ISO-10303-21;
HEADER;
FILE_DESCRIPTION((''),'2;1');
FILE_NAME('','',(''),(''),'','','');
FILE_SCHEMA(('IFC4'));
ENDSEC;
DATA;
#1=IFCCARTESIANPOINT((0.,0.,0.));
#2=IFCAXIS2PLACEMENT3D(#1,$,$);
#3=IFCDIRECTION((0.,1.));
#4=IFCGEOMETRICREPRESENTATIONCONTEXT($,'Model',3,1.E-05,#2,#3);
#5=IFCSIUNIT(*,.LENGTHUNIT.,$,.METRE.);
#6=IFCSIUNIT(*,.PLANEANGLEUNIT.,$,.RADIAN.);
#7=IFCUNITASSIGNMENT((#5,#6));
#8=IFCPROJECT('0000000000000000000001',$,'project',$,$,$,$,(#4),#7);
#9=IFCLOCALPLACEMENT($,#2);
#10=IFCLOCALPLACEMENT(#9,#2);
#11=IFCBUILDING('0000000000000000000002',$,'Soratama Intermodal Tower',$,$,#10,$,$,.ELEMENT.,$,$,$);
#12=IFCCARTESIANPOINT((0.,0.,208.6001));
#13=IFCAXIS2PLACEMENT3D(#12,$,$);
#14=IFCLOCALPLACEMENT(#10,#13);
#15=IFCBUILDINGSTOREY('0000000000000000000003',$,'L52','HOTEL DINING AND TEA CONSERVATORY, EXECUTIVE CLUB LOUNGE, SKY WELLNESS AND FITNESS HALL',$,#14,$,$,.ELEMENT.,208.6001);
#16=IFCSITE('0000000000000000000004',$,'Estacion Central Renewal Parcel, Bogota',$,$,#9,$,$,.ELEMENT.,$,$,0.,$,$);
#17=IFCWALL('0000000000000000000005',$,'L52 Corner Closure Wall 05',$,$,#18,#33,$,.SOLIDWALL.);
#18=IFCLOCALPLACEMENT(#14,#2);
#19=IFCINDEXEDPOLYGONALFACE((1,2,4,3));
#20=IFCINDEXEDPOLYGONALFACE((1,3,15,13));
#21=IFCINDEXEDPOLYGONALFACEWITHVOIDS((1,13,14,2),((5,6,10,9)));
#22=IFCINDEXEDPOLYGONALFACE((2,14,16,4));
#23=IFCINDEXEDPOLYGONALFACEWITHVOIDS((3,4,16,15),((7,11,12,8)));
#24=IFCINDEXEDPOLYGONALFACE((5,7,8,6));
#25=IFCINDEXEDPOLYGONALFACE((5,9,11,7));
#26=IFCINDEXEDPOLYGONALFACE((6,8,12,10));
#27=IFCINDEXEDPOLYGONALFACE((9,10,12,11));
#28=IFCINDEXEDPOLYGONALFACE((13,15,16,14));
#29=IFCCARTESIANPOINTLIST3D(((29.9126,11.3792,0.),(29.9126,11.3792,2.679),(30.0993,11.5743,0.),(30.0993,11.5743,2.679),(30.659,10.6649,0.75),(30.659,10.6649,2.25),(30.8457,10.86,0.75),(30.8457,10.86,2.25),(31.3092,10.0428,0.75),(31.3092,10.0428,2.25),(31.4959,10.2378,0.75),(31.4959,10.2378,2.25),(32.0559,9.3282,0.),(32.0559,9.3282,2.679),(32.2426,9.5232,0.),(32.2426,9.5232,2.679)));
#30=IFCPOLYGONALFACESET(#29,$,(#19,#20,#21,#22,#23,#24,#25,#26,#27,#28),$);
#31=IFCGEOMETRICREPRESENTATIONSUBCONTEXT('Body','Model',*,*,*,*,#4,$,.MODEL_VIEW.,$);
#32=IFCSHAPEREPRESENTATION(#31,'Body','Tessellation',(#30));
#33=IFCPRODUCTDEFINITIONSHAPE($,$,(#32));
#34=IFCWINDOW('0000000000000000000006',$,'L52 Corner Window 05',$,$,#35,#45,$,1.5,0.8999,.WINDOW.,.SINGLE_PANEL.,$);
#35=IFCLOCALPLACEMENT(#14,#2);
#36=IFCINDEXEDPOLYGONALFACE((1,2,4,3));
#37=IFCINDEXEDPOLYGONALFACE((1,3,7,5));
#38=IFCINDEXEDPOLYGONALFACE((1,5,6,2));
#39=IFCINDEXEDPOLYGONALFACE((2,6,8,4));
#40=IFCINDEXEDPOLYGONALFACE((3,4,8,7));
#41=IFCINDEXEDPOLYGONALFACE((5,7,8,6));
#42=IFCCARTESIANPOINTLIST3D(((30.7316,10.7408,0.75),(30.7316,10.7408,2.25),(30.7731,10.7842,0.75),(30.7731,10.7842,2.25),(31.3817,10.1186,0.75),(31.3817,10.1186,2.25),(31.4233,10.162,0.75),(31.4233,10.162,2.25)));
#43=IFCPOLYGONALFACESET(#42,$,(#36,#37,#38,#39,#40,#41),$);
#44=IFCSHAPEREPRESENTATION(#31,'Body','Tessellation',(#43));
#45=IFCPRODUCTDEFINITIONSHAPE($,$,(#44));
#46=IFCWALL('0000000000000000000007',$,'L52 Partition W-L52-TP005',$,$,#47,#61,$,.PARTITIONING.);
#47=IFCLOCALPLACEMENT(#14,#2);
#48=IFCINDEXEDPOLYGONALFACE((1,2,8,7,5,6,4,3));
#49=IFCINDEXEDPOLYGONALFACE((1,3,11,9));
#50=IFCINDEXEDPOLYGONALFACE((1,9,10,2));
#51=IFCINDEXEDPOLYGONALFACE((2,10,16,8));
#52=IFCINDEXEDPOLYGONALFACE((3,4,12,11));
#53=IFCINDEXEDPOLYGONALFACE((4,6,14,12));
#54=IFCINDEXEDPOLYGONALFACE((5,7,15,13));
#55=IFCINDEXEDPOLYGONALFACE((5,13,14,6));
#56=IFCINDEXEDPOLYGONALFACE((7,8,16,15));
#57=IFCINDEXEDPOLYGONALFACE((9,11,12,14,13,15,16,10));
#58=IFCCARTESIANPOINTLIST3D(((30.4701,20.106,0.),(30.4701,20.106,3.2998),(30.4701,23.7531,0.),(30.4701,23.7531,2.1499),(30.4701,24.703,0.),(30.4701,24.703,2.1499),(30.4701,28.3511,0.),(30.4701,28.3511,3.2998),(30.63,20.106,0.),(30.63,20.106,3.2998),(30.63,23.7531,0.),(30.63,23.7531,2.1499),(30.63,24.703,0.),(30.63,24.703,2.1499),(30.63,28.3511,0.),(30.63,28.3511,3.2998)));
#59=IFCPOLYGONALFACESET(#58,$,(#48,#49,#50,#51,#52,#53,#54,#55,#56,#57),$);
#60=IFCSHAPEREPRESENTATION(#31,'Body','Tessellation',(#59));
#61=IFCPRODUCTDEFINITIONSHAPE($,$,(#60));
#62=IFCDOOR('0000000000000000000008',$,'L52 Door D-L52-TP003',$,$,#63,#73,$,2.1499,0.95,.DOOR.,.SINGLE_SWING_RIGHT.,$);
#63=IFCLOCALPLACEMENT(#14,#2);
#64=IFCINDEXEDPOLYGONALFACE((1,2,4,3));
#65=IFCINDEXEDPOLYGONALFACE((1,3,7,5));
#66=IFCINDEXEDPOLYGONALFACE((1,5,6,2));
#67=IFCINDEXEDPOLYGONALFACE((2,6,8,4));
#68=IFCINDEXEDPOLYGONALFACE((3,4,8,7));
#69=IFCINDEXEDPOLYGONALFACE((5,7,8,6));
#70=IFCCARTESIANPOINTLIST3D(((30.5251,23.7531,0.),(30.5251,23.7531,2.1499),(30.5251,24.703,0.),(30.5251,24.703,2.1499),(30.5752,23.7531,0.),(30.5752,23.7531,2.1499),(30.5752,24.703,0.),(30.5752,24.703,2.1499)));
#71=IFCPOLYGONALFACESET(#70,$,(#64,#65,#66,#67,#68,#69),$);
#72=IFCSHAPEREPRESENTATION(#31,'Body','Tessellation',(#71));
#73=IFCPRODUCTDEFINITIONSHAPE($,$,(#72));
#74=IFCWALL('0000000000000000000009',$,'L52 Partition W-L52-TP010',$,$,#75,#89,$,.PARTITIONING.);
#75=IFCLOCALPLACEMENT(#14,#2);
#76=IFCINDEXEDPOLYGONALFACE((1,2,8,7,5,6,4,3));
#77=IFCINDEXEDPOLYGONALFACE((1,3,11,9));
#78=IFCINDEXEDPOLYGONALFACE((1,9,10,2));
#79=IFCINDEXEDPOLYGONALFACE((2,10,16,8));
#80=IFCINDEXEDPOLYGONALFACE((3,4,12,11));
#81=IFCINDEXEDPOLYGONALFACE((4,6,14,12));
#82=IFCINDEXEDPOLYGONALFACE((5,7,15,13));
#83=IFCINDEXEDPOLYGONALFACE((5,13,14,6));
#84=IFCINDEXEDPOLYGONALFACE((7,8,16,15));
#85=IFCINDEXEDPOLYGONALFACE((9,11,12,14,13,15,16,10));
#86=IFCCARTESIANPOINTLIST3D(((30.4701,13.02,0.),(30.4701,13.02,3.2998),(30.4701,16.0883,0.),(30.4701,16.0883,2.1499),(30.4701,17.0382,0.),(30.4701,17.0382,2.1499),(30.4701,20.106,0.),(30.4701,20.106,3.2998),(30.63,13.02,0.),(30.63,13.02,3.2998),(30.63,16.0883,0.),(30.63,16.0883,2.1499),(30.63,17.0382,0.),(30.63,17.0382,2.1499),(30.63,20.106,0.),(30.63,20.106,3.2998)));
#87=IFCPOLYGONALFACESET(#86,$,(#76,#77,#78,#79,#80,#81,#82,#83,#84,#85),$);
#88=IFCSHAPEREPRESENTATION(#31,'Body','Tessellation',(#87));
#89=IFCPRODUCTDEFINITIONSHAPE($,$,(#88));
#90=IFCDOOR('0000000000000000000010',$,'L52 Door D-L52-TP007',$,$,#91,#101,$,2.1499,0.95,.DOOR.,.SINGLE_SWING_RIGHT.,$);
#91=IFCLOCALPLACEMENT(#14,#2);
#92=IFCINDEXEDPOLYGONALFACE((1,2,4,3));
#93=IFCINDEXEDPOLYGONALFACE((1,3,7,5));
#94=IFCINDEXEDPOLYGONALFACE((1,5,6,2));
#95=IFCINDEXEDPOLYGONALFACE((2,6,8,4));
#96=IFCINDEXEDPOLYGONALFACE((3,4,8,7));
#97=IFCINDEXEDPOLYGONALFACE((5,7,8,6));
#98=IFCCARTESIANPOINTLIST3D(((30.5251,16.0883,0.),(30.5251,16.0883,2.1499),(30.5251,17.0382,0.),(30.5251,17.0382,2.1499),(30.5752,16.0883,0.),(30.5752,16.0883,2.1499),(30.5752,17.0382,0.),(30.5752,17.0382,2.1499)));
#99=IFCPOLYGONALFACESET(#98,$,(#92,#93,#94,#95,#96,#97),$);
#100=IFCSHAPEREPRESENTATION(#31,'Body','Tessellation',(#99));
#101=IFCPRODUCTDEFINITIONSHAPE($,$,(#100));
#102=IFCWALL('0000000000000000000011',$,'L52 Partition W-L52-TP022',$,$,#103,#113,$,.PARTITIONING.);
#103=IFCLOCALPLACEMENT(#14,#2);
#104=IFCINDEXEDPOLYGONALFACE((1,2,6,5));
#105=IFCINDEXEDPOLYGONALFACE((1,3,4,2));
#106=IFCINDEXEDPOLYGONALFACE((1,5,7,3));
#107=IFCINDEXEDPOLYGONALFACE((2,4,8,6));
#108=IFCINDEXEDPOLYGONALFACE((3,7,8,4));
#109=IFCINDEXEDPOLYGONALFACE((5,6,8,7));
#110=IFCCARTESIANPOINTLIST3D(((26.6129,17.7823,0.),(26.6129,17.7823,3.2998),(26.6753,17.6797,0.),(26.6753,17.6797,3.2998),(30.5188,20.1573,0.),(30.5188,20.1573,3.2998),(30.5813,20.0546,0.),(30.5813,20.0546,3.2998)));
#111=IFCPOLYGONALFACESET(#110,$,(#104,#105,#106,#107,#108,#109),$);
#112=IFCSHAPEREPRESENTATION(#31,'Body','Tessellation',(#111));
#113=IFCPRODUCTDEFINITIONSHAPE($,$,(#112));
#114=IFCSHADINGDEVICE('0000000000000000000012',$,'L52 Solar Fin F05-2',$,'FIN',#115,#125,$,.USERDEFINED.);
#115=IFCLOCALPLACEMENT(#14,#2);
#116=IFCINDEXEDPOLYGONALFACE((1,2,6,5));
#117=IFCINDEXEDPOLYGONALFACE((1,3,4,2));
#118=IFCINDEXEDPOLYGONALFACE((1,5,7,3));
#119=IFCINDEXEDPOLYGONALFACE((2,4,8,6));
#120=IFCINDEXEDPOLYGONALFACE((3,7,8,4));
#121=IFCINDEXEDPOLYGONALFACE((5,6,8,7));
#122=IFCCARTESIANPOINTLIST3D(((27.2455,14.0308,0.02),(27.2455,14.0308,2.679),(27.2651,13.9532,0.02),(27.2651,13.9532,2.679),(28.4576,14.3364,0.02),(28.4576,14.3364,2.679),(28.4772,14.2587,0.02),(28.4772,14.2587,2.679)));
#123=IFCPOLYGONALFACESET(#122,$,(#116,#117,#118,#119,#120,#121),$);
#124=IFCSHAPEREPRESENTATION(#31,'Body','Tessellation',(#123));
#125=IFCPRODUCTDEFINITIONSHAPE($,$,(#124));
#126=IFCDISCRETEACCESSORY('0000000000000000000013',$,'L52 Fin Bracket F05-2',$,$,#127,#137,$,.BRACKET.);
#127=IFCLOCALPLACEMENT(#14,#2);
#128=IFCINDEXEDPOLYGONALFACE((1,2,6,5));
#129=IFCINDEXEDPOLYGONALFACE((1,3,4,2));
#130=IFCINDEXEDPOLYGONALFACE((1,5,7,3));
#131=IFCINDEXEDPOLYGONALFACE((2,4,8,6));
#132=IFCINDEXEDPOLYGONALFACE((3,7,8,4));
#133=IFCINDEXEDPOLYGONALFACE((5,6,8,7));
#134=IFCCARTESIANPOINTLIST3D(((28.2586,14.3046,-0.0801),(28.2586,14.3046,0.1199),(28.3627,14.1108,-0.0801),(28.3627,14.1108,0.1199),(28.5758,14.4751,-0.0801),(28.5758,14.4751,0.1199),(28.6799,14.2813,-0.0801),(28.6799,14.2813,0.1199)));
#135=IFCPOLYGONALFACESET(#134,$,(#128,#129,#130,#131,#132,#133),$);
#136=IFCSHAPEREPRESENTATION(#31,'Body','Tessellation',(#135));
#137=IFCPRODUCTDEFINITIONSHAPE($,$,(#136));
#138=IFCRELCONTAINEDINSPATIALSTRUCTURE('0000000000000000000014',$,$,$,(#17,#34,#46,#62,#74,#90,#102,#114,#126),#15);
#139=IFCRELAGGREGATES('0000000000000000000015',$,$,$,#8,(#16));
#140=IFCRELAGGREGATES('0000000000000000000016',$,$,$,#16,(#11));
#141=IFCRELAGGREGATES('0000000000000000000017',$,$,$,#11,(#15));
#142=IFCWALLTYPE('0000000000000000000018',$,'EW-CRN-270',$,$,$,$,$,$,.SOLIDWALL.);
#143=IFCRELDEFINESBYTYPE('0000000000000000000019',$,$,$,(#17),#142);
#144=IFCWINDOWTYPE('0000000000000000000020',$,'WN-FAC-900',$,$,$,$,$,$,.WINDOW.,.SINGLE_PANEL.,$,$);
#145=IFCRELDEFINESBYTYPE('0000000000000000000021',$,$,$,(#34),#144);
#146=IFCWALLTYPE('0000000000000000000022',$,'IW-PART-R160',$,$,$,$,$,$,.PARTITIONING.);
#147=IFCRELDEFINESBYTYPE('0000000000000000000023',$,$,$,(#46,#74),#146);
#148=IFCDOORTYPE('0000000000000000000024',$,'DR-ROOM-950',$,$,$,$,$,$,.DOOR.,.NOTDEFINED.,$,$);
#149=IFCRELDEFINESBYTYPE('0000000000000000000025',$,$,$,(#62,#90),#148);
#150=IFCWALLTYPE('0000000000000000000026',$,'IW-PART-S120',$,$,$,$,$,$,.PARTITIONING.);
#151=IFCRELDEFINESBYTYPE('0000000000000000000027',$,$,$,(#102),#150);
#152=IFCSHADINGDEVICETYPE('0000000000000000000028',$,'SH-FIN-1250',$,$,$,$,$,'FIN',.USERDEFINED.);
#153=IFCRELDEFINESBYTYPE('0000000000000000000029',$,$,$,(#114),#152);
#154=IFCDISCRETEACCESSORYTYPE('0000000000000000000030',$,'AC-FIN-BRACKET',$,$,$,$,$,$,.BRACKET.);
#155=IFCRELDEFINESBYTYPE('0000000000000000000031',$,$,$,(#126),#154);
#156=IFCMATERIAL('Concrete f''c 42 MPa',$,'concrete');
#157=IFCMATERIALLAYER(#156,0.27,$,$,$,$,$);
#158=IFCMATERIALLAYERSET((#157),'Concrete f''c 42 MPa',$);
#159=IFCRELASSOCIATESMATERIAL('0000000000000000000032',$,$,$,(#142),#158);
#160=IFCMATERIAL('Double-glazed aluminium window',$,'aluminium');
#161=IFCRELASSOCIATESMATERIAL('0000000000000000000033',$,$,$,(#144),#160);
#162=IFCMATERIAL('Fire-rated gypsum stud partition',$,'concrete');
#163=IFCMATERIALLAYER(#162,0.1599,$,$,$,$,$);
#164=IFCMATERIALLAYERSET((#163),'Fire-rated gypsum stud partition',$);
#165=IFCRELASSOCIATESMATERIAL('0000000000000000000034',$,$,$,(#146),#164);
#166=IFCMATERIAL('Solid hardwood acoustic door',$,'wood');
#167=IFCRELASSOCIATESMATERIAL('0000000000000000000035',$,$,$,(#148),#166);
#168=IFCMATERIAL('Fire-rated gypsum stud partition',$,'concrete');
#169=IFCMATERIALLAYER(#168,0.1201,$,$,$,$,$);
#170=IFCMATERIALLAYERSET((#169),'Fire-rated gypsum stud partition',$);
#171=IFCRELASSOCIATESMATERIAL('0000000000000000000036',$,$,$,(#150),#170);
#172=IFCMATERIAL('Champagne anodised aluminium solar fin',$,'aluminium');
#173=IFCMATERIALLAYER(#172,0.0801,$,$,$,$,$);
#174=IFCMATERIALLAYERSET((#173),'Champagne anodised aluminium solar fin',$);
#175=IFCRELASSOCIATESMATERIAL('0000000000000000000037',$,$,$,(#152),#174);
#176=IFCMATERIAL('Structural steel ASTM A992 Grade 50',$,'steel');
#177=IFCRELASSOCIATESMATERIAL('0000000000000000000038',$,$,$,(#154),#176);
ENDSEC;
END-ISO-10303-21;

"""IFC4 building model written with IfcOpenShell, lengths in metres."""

from ifc_helpers import new_model, si_unit, direction, frame, frame_2d, origin, origin_2d, place, context, subcontext, project, spatial, rectangle, extrude, material, layer, layer_set, type_object, element, fill, save


model = new_model("IFC4")

# Units and contexts
model_context = context("Model", 3, precision=1e-05, world=origin(), true_north=direction((0.0, 1.0)))
body_context = subcontext(model_context, "Body", "Model", "MODEL_VIEW")
ifc_project = project(units=[si_unit("LENGTHUNIT", "METRE"), si_unit("PLANEANGLEUNIT", "RADIAN")], contexts=[model_context])

# Site, building, storey
site_placement = place(None, origin())
site = spatial("IfcSite", under=ifc_project, at=site_placement, Name="Estacion Central Renewal Parcel, Bogota", CompositionType="ELEMENT", RefElevation=0.0)
building_placement = place(site_placement, origin())
building = spatial("IfcBuilding", under=site, at=building_placement, Name="Soratama Intermodal Tower", CompositionType="ELEMENT")
storey_placement = place(building_placement, frame((0.0, 0.0, 208.6001)))
storey = spatial("IfcBuildingStorey", under=building, at=storey_placement, Name="L52", Description="HOTEL DINING AND TEA CONSERVATORY, EXECUTIVE CLUB LOUNGE, SKY WELLNESS AND FITNESS HALL", CompositionType="ELEMENT", Elevation=208.6001)

# Wall, opening, window
ifc_material_1 = material(Name="Concrete f'c 42 MPa", Category="concrete")
ifc_layer_1 = layer(ifc_material_1, 0.27)
ifc_layer_set_1 = layer_set([ifc_layer_1], Name="Concrete f'c 42 MPa")
wall_type_1 = type_object("IfcWallType", Name="EW-CRN-270", PredefinedType="SOLIDWALL", material=ifc_layer_set_1)
wall_1_placement = place(storey_placement, frame((30.0059, 11.4768, 0.0), z_axis=(0.0, 0.0, 1.0), x_axis=(0.72249, -0.691381, 0.0)))
wall_1 = element("IfcWall", 1, at=wall_1_placement, inside=storey, type_object=wall_type_1, Name="L52 Corner Closure Wall 05", PredefinedType="SOLIDWALL", context=body_context, shape_type="SweptSolid", body=[
    extrude(rectangle(XDim=2.9666, YDim=0.27, at=frame_2d((1.4834, 0.0))), origin(), (0.0, 0.0, 1.0), 2.679),
])
opening_1_placement = place(wall_1_placement, frame((1.0332, 0.0, 0.75)))
opening_1 = element("IfcOpeningElement", 2, at=opening_1_placement, cuts=wall_1, PredefinedType="OPENING", context=body_context, shape_type="SweptSolid", body=[
    extrude(rectangle(XDim=0.8999, YDim=1.5, at=frame_2d((0.45, 0.75))), frame((0.0, 0.145, 0.0), z_axis=(0.0, -1.0, 0.0), x_axis=(1.0, 0.0, 0.0)), (0.0, 0.0, 1.0), 0.29),
])
ifc_material_2 = material(Name="Double-glazed aluminium window", Category="aluminium")
window_type = type_object("IfcWindowType", Name="WN-FAC-900", PartitioningType="SINGLE_PANEL", PredefinedType="WINDOW", material=ifc_material_2)
window_placement = place(opening_1_placement, origin())
window = element("IfcWindow", 3, at=window_placement, inside=storey, type_object=window_type, Name="L52 Corner Window 05", OverallHeight=1.5, OverallWidth=0.8999, PartitioningType="SINGLE_PANEL", PredefinedType="WINDOW", context=body_context, shape_type="SweptSolid", body=[
    extrude(rectangle(XDim=0.8999, YDim=1.5, at=frame_2d((0.45, 0.75))), frame((0.0, 0.03, 0.0), z_axis=(0.0, -1.0, 0.0), x_axis=(1.0, 0.0, 0.0)), (0.0, 0.0, 1.0), 0.0601),
])
fill(opening_1, window)

# Walls, openings, doors
ifc_material_3 = material(Name="Fire-rated gypsum stud partition", Category="concrete")
ifc_layer_2 = layer(ifc_material_3, 0.1599)
ifc_layer_set_2 = layer_set([ifc_layer_2], Name="Fire-rated gypsum stud partition")
wall_type_2 = type_object("IfcWallType", Name="IW-PART-R160", PredefinedType="PARTITIONING", material=ifc_layer_set_2)
wall_2_placement = place(storey_placement, frame((30.55, 20.106, 0.0), z_axis=(0.0, 0.0, 1.0), x_axis=(0.0, 1.0, 0.0)))
wall_2 = element("IfcWall", 4, at=wall_2_placement, inside=storey, type_object=wall_type_2, Name="L52 Partition W-L52-TP005", PredefinedType="PARTITIONING", context=body_context, shape_type="SweptSolid", body=[
    extrude(rectangle(XDim=8.2451, YDim=0.1599, at=frame_2d((4.1226, 0.0))), origin(), (0.0, 0.0, 1.0), 3.2998),
])
opening_2_placement = place(wall_2_placement, frame((3.647, 0.0, 0.0)))
opening_2 = element("IfcOpeningElement", 5, at=opening_2_placement, cuts=wall_2, PredefinedType="OPENING", context=body_context, shape_type="SweptSolid", body=[
    extrude(rectangle(XDim=0.95, YDim=2.1499, at=frame_2d((0.4751, 1.075))), frame((0.0, 0.0898, 0.0), z_axis=(0.0, -1.0, 0.0), x_axis=(1.0, 0.0, 0.0)), (0.0, 0.0, 1.0), 0.1799),
])
ifc_material_4 = material(Name="Solid hardwood acoustic door", Category="wood")
door_type = type_object("IfcDoorType", Name="DR-ROOM-950", OperationType="NOTDEFINED", PredefinedType="DOOR", material=ifc_material_4)
door_1_placement = place(opening_2_placement, origin())
door_1 = element("IfcDoor", 6, at=door_1_placement, inside=storey, type_object=door_type, Name="L52 Door D-L52-TP003", OperationType="SINGLE_SWING_RIGHT", OverallHeight=2.1499, OverallWidth=0.95, PredefinedType="DOOR", context=body_context, shape_type="SweptSolid", body=[
    extrude(rectangle(XDim=0.95, YDim=2.1499, at=frame_2d((0.4751, 1.075))), frame((0.0, 0.0249, 0.0), z_axis=(0.0, -1.0, 0.0), x_axis=(1.0, 0.0, 0.0)), (0.0, 0.0, 1.0), 0.05),
])
fill(opening_2, door_1)
wall_3_placement = place(storey_placement, frame((30.55, 13.02, 0.0), z_axis=(0.0, 0.0, 1.0), x_axis=(0.0, 1.0, 0.0)))
wall_3 = element("IfcWall", 7, at=wall_3_placement, inside=storey, type_object=wall_type_2, Name="L52 Partition W-L52-TP010", PredefinedType="PARTITIONING", context=body_context, shape_type="SweptSolid", body=[
    extrude(rectangle(XDim=7.0859, YDim=0.1599, at=frame_2d((3.543, 0.0))), origin(), (0.0, 0.0, 1.0), 3.2998),
])
opening_3_placement = place(wall_3_placement, frame((3.0681, 0.0, 0.0)))
opening_3 = element("IfcOpeningElement", 8, at=opening_3_placement, cuts=wall_3, PredefinedType="OPENING", context=body_context, shape_type="SweptSolid", body=[
    extrude(rectangle(XDim=0.95, YDim=2.1499, at=frame_2d((0.4751, 1.075))), frame((0.0, 0.0898, 0.0), z_axis=(0.0, -1.0, 0.0), x_axis=(1.0, 0.0, 0.0)), (0.0, 0.0, 1.0), 0.1799),
])
door_2_placement = place(opening_3_placement, origin())
door_2 = element("IfcDoor", 9, at=door_2_placement, inside=storey, type_object=door_type, Name="L52 Door D-L52-TP007", OperationType="SINGLE_SWING_RIGHT", OverallHeight=2.1499, OverallWidth=0.95, PredefinedType="DOOR", context=body_context, shape_type="SweptSolid", body=[
    extrude(rectangle(XDim=0.95, YDim=2.1499, at=frame_2d((0.4751, 1.075))), frame((0.0, 0.0249, 0.0), z_axis=(0.0, -1.0, 0.0), x_axis=(1.0, 0.0, 0.0)), (0.0, 0.0, 1.0), 0.05),
])
fill(opening_3, door_2)

# Wall
ifc_material_5 = material(Name="Fire-rated gypsum stud partition", Category="concrete")
ifc_layer_3 = layer(ifc_material_5, 0.1201)
ifc_layer_set_3 = layer_set([ifc_layer_3], Name="Fire-rated gypsum stud partition")
wall_type_3 = type_object("IfcWallType", Name="IW-PART-S120", PredefinedType="PARTITIONING", material=ifc_layer_set_3)
wall_4_placement = place(storey_placement, frame((30.55, 20.106, 0.0), z_axis=(0.0, 0.0, 1.0), x_axis=(-0.854448, -0.519537, 0.0)))
element("IfcWall", 10, at=wall_4_placement, inside=storey, type_object=wall_type_3, Name="L52 Partition W-L52-TP022", PredefinedType="PARTITIONING", context=body_context, shape_type="SweptSolid", body=[
    extrude(rectangle(XDim=4.5713, YDim=0.1201, at=frame_2d((2.2856, 0.0))), origin(), (0.0, 0.0, 1.0), 3.2998),
])

# Shading device
ifc_material_6 = material(Name="Champagne anodised aluminium solar fin", Category="aluminium")
ifc_layer_4 = layer(ifc_material_6, 0.0801)
ifc_layer_set_4 = layer_set([ifc_layer_4], Name="Champagne anodised aluminium solar fin")
shading_device_type = type_object("IfcShadingDeviceType", Name="SH-FIN-1250", ElementType="FIN", PredefinedType="USERDEFINED", material=ifc_layer_set_4)
shading_device_placement = place(storey_placement, frame((27.8613, 14.1448, 0.02), z_axis=(0.0, 0.0, 1.0), x_axis=(-0.969659, -0.244461, 0.0)))
element("IfcShadingDevice", 11, at=shading_device_placement, inside=storey, type_object=shading_device_type, Name="L52 Solar Fin F05-2", ObjectType="FIN", PredefinedType="USERDEFINED", context=body_context, shape_type="SweptSolid", body=[
    extrude(rectangle(XDim=1.25, YDim=0.0801, at=origin_2d()), origin(), (0.0, 0.0, 1.0), 2.6589),
])

# Discrete accessory
ifc_material_7 = material(Name="Structural steel ASTM A992 Grade 50", Category="steel")
discrete_accessory_type = type_object("IfcDiscreteAccessoryType", Name="AC-FIN-BRACKET", PredefinedType="BRACKET", material=ifc_material_7)
discrete_accessory_placement = place(storey_placement, frame((28.4692, 14.293, -0.0801), z_axis=(0.0, 0.0, 1.0), x_axis=(-0.880808, -0.473473, 0.0)))
element("IfcDiscreteAccessory", 12, at=discrete_accessory_placement, inside=storey, type_object=discrete_accessory_type, Name="L52 Fin Bracket F05-2", PredefinedType="BRACKET", context=body_context, shape_type="SweptSolid", body=[
    extrude(rectangle(XDim=0.3601, YDim=0.22, at=origin_2d()), origin(), (0.0, 0.0, 1.0), 0.2),
])

save(model, "model.ifc")
